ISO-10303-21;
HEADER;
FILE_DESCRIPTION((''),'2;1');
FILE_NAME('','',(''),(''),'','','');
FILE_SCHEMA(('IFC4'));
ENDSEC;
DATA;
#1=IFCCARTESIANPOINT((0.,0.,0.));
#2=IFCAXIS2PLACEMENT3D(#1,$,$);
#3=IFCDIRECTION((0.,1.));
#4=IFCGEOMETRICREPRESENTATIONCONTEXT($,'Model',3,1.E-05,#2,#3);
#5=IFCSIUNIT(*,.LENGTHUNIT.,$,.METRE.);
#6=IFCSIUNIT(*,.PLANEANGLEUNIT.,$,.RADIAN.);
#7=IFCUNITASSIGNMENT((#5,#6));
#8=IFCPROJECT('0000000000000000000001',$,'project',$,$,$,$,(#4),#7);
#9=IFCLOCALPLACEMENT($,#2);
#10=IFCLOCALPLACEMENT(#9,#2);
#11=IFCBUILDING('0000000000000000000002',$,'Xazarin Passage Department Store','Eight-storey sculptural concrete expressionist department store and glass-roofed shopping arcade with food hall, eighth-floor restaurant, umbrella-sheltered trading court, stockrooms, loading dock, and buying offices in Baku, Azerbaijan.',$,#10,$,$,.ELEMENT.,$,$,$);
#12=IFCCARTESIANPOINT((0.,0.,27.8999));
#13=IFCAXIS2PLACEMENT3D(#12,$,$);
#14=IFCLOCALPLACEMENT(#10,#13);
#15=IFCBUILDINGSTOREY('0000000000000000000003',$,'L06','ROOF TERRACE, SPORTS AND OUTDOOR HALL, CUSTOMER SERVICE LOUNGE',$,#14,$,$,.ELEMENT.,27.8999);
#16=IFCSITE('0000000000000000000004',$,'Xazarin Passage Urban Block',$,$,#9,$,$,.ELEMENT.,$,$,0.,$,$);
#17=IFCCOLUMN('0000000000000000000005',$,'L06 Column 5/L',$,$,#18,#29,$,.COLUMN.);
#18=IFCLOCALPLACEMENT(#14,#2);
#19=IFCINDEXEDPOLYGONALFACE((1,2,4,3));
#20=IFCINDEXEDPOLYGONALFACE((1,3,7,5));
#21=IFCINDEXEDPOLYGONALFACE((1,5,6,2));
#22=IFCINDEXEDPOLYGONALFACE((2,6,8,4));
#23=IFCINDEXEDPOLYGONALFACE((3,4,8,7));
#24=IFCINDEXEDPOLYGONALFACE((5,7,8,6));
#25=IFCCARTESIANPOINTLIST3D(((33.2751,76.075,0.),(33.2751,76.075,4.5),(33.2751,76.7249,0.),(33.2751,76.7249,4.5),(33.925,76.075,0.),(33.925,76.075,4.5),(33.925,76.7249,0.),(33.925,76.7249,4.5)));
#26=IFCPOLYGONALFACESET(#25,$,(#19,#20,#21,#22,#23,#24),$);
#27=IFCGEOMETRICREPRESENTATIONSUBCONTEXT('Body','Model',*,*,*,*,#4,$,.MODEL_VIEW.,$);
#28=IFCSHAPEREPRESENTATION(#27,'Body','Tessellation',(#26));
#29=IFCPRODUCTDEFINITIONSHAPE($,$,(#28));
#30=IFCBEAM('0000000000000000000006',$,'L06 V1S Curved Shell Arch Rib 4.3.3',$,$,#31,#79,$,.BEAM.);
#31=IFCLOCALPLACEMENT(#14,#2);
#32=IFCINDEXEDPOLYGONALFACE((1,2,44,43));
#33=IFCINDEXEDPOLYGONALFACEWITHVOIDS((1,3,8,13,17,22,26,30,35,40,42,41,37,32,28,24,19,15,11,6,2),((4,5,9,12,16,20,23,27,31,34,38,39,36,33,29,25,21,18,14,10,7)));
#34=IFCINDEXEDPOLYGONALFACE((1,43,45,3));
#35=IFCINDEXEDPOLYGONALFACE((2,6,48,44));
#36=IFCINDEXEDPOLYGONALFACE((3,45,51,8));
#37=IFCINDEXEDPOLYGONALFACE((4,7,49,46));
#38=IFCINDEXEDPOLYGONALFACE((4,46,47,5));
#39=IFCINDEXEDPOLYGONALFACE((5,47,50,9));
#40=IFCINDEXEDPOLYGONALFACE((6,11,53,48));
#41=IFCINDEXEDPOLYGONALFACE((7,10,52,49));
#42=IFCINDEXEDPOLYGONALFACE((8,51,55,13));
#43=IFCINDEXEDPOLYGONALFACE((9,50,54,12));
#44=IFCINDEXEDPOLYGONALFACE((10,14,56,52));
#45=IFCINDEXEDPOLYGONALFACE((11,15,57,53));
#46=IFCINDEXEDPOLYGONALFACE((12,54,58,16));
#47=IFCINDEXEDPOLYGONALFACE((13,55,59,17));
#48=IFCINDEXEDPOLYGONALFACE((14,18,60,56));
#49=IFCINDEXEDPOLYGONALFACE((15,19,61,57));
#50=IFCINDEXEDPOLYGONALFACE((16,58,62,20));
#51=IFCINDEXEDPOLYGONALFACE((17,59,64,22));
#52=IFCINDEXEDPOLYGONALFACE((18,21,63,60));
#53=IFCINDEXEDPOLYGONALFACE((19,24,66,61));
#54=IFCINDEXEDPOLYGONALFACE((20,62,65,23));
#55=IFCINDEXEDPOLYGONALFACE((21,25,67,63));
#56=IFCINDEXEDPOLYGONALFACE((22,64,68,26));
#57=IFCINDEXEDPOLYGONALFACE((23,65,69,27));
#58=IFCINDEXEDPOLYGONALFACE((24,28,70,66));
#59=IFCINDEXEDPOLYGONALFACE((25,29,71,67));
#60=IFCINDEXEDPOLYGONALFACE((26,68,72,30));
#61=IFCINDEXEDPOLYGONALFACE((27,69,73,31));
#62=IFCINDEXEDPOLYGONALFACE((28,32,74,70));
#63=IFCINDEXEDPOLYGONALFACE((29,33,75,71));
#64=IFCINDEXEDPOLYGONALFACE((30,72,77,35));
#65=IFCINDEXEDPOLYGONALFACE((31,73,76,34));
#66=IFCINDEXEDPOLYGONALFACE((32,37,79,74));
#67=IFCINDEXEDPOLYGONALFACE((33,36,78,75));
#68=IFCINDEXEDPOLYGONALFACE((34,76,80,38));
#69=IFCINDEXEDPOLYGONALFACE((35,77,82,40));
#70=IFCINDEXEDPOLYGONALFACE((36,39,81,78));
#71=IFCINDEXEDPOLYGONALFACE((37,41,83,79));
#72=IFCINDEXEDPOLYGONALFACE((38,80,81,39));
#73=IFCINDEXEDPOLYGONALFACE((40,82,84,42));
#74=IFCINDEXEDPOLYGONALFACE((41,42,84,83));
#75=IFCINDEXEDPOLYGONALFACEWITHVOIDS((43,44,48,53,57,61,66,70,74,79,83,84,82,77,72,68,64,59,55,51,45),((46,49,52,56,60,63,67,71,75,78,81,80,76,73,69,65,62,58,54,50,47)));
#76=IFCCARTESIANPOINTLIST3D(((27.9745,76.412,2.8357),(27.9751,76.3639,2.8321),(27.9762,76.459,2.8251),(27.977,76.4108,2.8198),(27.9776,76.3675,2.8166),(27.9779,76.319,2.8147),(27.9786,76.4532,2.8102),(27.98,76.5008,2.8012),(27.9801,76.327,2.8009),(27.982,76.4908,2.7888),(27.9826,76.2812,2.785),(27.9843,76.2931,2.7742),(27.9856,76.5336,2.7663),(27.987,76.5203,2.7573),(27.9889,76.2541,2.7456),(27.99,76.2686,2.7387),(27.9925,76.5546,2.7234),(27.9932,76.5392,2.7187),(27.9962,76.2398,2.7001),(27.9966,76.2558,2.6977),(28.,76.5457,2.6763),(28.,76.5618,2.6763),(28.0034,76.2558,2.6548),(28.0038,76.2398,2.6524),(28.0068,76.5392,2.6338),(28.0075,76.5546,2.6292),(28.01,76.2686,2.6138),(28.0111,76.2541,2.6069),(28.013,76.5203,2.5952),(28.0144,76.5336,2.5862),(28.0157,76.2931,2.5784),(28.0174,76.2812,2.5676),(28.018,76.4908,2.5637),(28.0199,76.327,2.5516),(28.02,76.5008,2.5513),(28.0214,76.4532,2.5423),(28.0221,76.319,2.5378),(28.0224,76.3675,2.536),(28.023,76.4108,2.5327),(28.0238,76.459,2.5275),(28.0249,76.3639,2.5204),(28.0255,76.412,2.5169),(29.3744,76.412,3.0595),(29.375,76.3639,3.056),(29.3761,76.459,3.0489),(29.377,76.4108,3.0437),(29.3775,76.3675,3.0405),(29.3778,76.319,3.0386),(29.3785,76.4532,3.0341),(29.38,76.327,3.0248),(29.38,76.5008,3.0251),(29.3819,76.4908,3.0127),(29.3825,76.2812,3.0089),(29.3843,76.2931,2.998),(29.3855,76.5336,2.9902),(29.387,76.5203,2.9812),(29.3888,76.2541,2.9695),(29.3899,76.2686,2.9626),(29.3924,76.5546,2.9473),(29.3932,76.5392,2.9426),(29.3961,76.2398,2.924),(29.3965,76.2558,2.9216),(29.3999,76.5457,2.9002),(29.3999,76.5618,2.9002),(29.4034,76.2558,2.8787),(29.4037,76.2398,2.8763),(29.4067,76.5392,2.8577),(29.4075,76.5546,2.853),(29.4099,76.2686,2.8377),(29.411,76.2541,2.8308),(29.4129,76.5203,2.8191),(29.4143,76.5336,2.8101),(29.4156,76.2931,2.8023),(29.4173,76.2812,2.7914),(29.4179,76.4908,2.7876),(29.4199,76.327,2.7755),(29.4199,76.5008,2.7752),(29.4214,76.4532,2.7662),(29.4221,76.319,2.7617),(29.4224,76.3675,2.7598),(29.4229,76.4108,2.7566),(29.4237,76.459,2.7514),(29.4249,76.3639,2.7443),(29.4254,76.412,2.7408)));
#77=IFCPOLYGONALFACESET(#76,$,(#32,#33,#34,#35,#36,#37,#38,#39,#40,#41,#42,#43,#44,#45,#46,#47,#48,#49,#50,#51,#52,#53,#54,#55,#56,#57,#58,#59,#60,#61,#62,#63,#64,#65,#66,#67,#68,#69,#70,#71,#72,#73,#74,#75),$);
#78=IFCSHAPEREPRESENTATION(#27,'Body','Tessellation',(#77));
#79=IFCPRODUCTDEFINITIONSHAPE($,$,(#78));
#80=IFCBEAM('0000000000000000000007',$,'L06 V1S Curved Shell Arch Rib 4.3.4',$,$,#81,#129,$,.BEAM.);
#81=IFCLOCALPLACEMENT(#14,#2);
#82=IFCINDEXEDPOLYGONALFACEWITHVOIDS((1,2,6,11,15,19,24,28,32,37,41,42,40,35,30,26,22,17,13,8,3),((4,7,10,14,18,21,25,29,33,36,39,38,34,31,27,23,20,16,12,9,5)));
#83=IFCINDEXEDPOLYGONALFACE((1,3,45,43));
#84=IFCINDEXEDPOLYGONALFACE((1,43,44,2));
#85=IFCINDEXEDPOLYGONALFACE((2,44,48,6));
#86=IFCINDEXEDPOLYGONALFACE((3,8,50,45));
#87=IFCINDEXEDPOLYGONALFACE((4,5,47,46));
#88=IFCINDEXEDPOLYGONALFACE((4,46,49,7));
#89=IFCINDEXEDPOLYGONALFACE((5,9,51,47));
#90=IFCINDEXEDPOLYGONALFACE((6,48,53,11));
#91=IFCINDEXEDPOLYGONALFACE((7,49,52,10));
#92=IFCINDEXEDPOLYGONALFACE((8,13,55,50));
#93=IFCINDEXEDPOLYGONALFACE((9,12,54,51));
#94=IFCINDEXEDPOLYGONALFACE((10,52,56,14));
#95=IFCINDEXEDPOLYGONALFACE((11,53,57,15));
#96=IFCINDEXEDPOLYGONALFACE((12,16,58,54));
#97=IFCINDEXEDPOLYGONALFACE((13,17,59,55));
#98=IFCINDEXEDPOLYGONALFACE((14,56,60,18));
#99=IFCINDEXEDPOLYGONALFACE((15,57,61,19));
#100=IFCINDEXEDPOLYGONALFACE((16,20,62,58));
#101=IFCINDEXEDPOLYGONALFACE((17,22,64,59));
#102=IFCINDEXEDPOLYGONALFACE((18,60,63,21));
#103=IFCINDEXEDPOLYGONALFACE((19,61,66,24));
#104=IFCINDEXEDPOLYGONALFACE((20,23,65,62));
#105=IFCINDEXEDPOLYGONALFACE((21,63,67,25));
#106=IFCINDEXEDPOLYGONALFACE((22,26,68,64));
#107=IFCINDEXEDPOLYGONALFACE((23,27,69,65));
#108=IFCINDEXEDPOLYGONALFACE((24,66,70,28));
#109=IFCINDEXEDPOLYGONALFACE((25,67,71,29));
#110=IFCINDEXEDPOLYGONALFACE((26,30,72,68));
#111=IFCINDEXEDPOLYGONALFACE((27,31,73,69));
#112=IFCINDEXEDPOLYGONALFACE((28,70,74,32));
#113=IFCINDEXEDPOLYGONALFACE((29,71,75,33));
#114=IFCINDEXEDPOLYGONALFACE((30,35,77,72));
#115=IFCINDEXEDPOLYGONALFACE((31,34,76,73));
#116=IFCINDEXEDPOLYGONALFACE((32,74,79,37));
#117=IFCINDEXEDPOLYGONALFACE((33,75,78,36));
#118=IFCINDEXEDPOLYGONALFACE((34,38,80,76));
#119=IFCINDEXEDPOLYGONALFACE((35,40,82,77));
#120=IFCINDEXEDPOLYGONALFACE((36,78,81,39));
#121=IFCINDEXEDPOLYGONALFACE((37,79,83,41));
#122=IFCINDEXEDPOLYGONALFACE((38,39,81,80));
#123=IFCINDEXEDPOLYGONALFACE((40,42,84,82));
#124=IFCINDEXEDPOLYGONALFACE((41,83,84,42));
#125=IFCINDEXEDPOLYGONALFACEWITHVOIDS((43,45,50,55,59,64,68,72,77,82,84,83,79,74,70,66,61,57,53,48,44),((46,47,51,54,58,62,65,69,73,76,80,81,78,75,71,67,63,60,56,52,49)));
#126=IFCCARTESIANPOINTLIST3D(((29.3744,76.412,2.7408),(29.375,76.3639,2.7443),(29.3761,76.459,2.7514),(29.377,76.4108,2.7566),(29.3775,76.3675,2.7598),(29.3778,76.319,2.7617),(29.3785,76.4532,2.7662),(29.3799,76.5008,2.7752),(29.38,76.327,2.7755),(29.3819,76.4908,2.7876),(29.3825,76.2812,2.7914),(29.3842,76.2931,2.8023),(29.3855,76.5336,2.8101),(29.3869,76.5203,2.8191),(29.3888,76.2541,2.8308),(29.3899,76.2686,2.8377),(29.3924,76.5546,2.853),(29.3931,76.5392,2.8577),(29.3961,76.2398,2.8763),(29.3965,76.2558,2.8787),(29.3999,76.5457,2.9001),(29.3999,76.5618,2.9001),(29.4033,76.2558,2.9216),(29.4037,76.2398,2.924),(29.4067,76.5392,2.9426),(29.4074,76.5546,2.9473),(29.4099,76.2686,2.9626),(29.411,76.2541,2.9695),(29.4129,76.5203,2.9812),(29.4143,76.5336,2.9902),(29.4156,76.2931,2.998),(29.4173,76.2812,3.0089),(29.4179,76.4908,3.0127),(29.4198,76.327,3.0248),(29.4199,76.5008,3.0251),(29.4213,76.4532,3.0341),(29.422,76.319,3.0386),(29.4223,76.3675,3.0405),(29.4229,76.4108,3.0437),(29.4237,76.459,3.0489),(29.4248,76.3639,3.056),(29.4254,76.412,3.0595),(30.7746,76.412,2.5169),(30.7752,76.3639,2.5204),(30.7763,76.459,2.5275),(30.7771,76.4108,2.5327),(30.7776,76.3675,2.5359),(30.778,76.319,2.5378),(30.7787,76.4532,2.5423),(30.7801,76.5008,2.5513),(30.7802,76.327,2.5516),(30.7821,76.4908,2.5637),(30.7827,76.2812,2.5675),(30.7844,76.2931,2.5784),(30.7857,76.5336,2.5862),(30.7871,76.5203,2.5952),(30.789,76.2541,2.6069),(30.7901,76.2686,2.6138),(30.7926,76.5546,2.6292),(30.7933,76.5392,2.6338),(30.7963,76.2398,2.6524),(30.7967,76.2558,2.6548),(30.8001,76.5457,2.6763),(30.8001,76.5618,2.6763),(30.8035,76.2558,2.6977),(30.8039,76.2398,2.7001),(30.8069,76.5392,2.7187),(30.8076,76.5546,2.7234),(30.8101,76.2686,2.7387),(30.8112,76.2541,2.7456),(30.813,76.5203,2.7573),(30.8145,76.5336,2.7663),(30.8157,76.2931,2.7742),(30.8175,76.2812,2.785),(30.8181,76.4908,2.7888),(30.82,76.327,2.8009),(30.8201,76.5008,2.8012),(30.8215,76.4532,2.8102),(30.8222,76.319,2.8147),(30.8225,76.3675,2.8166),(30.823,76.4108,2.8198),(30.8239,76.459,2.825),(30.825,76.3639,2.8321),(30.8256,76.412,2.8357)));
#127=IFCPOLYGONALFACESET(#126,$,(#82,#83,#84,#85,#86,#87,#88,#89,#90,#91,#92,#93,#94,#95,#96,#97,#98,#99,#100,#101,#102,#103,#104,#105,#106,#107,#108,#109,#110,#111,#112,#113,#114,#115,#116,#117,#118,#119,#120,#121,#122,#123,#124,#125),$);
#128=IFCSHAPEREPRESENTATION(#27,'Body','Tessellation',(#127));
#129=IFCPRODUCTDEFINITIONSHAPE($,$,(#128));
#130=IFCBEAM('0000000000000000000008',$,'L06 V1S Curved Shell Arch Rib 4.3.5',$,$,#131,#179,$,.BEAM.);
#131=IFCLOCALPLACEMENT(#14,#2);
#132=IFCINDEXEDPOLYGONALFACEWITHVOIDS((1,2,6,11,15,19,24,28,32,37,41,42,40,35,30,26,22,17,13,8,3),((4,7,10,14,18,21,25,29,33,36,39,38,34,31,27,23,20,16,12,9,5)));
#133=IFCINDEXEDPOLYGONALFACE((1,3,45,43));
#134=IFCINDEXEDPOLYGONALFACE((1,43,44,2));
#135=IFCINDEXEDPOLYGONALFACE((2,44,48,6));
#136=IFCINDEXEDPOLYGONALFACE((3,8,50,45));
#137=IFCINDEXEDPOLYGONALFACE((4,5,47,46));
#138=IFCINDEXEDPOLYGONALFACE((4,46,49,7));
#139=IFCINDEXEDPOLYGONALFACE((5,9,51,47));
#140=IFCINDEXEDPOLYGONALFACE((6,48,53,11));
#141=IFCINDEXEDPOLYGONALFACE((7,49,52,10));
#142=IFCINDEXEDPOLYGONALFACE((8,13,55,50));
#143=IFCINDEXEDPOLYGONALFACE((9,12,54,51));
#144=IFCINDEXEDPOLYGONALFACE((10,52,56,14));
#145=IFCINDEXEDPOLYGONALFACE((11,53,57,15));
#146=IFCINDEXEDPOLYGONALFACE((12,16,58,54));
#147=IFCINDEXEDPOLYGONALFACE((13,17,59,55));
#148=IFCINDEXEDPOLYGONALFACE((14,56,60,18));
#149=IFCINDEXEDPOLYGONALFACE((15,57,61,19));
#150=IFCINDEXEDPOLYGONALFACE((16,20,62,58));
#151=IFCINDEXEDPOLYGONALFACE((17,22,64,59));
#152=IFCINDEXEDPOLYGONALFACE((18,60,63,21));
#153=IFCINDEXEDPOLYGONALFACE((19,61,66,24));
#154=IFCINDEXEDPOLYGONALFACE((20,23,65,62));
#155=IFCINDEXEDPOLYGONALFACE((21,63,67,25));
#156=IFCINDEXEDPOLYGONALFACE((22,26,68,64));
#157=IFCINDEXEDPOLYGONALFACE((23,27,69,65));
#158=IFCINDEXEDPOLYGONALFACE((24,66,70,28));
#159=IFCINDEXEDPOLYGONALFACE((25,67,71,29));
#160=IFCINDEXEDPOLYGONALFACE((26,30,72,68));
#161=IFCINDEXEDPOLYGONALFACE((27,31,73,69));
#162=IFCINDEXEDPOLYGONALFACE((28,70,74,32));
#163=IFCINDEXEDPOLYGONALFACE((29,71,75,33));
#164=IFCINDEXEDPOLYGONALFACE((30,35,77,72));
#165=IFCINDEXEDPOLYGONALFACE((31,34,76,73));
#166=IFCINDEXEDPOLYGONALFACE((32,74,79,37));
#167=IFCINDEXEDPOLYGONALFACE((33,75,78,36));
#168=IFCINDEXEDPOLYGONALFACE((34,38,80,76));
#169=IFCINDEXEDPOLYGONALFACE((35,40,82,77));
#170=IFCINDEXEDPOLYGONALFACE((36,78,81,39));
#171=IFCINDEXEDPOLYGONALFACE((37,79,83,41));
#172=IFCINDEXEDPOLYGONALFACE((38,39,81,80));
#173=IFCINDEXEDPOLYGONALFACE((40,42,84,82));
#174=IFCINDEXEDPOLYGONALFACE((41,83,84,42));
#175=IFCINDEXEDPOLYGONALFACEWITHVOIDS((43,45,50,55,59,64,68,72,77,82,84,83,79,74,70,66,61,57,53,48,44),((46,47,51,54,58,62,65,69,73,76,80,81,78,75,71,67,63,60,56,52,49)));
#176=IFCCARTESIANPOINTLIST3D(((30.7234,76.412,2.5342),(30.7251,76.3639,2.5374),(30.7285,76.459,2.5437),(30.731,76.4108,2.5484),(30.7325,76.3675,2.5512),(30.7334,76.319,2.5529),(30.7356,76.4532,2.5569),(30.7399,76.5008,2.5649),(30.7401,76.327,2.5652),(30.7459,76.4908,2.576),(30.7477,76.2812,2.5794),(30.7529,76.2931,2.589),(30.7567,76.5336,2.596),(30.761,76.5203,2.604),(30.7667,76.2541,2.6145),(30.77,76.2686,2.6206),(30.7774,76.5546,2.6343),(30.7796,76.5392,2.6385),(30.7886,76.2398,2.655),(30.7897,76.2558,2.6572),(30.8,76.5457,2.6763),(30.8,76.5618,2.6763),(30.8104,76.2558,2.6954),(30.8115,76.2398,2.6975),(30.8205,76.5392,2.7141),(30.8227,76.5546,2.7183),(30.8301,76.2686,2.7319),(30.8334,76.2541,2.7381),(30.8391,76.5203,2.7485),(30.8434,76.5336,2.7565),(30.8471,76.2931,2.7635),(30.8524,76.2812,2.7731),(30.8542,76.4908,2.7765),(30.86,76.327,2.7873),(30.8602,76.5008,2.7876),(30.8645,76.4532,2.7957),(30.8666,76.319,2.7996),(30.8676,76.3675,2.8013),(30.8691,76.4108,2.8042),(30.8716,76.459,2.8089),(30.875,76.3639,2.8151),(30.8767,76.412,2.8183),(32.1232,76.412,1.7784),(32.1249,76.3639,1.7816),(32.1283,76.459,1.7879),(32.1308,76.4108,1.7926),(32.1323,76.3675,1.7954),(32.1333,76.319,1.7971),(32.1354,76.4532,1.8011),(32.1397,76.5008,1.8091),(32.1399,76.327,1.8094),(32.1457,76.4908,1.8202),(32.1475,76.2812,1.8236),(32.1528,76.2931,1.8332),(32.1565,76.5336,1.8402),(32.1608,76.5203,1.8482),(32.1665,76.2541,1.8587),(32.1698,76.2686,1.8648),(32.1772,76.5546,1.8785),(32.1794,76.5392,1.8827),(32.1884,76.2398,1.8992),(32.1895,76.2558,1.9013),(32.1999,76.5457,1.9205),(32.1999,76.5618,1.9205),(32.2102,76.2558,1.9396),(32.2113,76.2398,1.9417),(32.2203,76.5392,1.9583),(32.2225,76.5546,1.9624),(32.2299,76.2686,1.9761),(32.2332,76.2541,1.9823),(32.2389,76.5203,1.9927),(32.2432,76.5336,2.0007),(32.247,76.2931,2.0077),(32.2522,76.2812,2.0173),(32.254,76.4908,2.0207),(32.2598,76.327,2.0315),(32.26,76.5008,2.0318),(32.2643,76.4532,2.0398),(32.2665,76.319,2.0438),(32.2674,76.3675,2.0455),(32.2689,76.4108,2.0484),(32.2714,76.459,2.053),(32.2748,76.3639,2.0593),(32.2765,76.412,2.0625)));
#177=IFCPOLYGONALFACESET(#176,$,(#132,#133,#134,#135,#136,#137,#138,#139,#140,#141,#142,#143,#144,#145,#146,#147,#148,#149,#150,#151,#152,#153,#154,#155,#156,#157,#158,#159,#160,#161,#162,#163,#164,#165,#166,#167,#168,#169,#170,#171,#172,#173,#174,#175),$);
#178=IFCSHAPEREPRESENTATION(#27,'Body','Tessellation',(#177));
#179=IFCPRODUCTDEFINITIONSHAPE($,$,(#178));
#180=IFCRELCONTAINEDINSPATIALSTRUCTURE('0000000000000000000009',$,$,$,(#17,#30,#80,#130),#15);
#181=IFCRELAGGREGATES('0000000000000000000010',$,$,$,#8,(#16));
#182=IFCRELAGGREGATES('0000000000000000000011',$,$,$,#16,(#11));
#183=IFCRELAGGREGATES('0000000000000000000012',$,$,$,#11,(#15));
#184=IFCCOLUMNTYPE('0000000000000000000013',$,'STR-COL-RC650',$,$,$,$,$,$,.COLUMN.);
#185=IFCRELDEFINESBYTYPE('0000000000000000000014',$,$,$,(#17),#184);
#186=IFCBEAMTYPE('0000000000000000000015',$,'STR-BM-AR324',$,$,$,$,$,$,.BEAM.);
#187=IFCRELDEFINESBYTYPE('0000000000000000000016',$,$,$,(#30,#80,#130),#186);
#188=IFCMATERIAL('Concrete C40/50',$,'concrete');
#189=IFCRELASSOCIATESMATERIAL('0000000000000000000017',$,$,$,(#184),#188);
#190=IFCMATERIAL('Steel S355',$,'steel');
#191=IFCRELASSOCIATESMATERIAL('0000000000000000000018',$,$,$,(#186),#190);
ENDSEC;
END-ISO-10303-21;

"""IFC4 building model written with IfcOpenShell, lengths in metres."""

from ifc_helpers import new_model, si_unit, direction, frame, origin, origin_2d, place, context, subcontext, project, spatial, rectangle, hollow_circle, extrude, material, material_profile, profile_set, type_object, element, save


model = new_model("IFC4")

# Units and contexts
model_context = context("Model", 3, precision=1e-05, world=origin(), true_north=direction((0.0, 1.0)))
body_context = subcontext(model_context, "Body", "Model", "MODEL_VIEW")
ifc_project = project(units=[si_unit("LENGTHUNIT", "METRE"), si_unit("PLANEANGLEUNIT", "RADIAN")], contexts=[model_context])

# Site, building, storey
site_placement = place(None, origin())
site = spatial("IfcSite", under=ifc_project, at=site_placement, Name="Xazarin Passage Urban Block", CompositionType="ELEMENT", RefElevation=0.0)
building_placement = place(site_placement, origin())
building = spatial("IfcBuilding", under=site, at=building_placement, Name="Xazarin Passage Department Store", Description="Eight-storey sculptural concrete expressionist department store and glass-roofed shopping arcade with food hall, eighth-floor restaurant, umbrella-sheltered trading court, stockrooms, loading dock, and buying offices in Baku, Azerbaijan.", CompositionType="ELEMENT")
storey_placement = place(building_placement, frame((0.0, 0.0, 27.8999)))
storey = spatial("IfcBuildingStorey", under=building, at=storey_placement, Name="L06", Description="ROOF TERRACE, SPORTS AND OUTDOOR HALL, CUSTOMER SERVICE LOUNGE", CompositionType="ELEMENT", Elevation=27.8999)

# Column
ifc_material_1 = material(Name="Concrete C40/50", Category="concrete")
ifc_material_profile_1 = material_profile(ifc_material_1, rectangle(XDim=0.6499, YDim=0.6499, at=origin_2d()), Name="RC 650x650")
ifc_profile_set_1 = profile_set([ifc_material_profile_1], Name="Concrete C40/50")
column_type = type_object("IfcColumnType", Name="STR-COL-RC650", PredefinedType="COLUMN", material=ifc_profile_set_1)
column_placement = place(storey_placement, frame((33.6001, 76.3999, 0.0), z_axis=(0.0, 0.0, 1.0), x_axis=(1.0, 0.0, 0.0)))
element("IfcColumn", 1, at=column_placement, inside=storey, type_object=column_type, Name="L06 Column 5/L", PredefinedType="COLUMN", context=body_context, shape_type="SweptSolid", body=[
    extrude(rectangle(XDim=0.6499, YDim=0.6499, at=origin_2d()), origin(), (0.0, 0.0, 1.0), 4.5),
])

# Beams
ifc_material_2 = material(Name="Steel S355", Category="steel")
ifc_material_profile_2 = material_profile(ifc_material_2, hollow_circle(Radius=0.1619, WallThickness=0.0161, at=origin_2d()), Name="CHS 323.9x16")
ifc_profile_set_2 = profile_set([ifc_material_profile_2], Name="Steel S355")
beam_type_1 = type_object("IfcBeamType", Name="STR-BM-AR324", PredefinedType="BEAM", material=ifc_profile_set_2)
beam_1_placement = place(storey_placement, frame((28.0, 76.3999, 2.6763), z_axis=(0.987452, 0.0, 0.157917), x_axis=(0.0, 1.0, 0.0)))
element("IfcBeam", 2, at=beam_1_placement, inside=storey, type_object=beam_type_1, Name="L06 V1S Curved Shell Arch Rib 4.3.3", PredefinedType="BEAM", context=body_context, shape_type="SweptSolid", body=[
    extrude(hollow_circle(Radius=0.1619, WallThickness=0.0161, at=origin_2d()), origin(), (0.0, 0.0, 1.0), 1.4177),
])
beam_2_placement = place(storey_placement, frame((29.3999, 76.3999, 2.9001), z_axis=(0.987457, 0.0, -0.15789), x_axis=(0.0, 1.0, 0.0)))
element("IfcBeam", 3, at=beam_2_placement, inside=storey, type_object=beam_type_1, Name="L06 V1S Curved Shell Arch Rib 4.3.4", PredefinedType="BEAM", context=body_context, shape_type="SweptSolid", body=[
    extrude(hollow_circle(Radius=0.1619, WallThickness=0.0161, at=origin_2d()), origin(), (0.0, 0.0, 1.0), 1.418),
])
beam_3_placement = place(storey_placement, frame((30.8, 76.3999, 2.6763), z_axis=(0.879928, 0.0, -0.475106), x_axis=(0.0, 1.0, 0.0)))
element("IfcBeam", 4, at=beam_3_placement, inside=storey, type_object=beam_type_1, Name="L06 V1S Curved Shell Arch Rib 4.3.5", PredefinedType="BEAM", context=body_context, shape_type="SweptSolid", body=[
    extrude(hollow_circle(Radius=0.1619, WallThickness=0.0161, at=origin_2d()), origin(), (0.0, 0.0, 1.0), 1.5908),
])

save(model, "model.ifc")
